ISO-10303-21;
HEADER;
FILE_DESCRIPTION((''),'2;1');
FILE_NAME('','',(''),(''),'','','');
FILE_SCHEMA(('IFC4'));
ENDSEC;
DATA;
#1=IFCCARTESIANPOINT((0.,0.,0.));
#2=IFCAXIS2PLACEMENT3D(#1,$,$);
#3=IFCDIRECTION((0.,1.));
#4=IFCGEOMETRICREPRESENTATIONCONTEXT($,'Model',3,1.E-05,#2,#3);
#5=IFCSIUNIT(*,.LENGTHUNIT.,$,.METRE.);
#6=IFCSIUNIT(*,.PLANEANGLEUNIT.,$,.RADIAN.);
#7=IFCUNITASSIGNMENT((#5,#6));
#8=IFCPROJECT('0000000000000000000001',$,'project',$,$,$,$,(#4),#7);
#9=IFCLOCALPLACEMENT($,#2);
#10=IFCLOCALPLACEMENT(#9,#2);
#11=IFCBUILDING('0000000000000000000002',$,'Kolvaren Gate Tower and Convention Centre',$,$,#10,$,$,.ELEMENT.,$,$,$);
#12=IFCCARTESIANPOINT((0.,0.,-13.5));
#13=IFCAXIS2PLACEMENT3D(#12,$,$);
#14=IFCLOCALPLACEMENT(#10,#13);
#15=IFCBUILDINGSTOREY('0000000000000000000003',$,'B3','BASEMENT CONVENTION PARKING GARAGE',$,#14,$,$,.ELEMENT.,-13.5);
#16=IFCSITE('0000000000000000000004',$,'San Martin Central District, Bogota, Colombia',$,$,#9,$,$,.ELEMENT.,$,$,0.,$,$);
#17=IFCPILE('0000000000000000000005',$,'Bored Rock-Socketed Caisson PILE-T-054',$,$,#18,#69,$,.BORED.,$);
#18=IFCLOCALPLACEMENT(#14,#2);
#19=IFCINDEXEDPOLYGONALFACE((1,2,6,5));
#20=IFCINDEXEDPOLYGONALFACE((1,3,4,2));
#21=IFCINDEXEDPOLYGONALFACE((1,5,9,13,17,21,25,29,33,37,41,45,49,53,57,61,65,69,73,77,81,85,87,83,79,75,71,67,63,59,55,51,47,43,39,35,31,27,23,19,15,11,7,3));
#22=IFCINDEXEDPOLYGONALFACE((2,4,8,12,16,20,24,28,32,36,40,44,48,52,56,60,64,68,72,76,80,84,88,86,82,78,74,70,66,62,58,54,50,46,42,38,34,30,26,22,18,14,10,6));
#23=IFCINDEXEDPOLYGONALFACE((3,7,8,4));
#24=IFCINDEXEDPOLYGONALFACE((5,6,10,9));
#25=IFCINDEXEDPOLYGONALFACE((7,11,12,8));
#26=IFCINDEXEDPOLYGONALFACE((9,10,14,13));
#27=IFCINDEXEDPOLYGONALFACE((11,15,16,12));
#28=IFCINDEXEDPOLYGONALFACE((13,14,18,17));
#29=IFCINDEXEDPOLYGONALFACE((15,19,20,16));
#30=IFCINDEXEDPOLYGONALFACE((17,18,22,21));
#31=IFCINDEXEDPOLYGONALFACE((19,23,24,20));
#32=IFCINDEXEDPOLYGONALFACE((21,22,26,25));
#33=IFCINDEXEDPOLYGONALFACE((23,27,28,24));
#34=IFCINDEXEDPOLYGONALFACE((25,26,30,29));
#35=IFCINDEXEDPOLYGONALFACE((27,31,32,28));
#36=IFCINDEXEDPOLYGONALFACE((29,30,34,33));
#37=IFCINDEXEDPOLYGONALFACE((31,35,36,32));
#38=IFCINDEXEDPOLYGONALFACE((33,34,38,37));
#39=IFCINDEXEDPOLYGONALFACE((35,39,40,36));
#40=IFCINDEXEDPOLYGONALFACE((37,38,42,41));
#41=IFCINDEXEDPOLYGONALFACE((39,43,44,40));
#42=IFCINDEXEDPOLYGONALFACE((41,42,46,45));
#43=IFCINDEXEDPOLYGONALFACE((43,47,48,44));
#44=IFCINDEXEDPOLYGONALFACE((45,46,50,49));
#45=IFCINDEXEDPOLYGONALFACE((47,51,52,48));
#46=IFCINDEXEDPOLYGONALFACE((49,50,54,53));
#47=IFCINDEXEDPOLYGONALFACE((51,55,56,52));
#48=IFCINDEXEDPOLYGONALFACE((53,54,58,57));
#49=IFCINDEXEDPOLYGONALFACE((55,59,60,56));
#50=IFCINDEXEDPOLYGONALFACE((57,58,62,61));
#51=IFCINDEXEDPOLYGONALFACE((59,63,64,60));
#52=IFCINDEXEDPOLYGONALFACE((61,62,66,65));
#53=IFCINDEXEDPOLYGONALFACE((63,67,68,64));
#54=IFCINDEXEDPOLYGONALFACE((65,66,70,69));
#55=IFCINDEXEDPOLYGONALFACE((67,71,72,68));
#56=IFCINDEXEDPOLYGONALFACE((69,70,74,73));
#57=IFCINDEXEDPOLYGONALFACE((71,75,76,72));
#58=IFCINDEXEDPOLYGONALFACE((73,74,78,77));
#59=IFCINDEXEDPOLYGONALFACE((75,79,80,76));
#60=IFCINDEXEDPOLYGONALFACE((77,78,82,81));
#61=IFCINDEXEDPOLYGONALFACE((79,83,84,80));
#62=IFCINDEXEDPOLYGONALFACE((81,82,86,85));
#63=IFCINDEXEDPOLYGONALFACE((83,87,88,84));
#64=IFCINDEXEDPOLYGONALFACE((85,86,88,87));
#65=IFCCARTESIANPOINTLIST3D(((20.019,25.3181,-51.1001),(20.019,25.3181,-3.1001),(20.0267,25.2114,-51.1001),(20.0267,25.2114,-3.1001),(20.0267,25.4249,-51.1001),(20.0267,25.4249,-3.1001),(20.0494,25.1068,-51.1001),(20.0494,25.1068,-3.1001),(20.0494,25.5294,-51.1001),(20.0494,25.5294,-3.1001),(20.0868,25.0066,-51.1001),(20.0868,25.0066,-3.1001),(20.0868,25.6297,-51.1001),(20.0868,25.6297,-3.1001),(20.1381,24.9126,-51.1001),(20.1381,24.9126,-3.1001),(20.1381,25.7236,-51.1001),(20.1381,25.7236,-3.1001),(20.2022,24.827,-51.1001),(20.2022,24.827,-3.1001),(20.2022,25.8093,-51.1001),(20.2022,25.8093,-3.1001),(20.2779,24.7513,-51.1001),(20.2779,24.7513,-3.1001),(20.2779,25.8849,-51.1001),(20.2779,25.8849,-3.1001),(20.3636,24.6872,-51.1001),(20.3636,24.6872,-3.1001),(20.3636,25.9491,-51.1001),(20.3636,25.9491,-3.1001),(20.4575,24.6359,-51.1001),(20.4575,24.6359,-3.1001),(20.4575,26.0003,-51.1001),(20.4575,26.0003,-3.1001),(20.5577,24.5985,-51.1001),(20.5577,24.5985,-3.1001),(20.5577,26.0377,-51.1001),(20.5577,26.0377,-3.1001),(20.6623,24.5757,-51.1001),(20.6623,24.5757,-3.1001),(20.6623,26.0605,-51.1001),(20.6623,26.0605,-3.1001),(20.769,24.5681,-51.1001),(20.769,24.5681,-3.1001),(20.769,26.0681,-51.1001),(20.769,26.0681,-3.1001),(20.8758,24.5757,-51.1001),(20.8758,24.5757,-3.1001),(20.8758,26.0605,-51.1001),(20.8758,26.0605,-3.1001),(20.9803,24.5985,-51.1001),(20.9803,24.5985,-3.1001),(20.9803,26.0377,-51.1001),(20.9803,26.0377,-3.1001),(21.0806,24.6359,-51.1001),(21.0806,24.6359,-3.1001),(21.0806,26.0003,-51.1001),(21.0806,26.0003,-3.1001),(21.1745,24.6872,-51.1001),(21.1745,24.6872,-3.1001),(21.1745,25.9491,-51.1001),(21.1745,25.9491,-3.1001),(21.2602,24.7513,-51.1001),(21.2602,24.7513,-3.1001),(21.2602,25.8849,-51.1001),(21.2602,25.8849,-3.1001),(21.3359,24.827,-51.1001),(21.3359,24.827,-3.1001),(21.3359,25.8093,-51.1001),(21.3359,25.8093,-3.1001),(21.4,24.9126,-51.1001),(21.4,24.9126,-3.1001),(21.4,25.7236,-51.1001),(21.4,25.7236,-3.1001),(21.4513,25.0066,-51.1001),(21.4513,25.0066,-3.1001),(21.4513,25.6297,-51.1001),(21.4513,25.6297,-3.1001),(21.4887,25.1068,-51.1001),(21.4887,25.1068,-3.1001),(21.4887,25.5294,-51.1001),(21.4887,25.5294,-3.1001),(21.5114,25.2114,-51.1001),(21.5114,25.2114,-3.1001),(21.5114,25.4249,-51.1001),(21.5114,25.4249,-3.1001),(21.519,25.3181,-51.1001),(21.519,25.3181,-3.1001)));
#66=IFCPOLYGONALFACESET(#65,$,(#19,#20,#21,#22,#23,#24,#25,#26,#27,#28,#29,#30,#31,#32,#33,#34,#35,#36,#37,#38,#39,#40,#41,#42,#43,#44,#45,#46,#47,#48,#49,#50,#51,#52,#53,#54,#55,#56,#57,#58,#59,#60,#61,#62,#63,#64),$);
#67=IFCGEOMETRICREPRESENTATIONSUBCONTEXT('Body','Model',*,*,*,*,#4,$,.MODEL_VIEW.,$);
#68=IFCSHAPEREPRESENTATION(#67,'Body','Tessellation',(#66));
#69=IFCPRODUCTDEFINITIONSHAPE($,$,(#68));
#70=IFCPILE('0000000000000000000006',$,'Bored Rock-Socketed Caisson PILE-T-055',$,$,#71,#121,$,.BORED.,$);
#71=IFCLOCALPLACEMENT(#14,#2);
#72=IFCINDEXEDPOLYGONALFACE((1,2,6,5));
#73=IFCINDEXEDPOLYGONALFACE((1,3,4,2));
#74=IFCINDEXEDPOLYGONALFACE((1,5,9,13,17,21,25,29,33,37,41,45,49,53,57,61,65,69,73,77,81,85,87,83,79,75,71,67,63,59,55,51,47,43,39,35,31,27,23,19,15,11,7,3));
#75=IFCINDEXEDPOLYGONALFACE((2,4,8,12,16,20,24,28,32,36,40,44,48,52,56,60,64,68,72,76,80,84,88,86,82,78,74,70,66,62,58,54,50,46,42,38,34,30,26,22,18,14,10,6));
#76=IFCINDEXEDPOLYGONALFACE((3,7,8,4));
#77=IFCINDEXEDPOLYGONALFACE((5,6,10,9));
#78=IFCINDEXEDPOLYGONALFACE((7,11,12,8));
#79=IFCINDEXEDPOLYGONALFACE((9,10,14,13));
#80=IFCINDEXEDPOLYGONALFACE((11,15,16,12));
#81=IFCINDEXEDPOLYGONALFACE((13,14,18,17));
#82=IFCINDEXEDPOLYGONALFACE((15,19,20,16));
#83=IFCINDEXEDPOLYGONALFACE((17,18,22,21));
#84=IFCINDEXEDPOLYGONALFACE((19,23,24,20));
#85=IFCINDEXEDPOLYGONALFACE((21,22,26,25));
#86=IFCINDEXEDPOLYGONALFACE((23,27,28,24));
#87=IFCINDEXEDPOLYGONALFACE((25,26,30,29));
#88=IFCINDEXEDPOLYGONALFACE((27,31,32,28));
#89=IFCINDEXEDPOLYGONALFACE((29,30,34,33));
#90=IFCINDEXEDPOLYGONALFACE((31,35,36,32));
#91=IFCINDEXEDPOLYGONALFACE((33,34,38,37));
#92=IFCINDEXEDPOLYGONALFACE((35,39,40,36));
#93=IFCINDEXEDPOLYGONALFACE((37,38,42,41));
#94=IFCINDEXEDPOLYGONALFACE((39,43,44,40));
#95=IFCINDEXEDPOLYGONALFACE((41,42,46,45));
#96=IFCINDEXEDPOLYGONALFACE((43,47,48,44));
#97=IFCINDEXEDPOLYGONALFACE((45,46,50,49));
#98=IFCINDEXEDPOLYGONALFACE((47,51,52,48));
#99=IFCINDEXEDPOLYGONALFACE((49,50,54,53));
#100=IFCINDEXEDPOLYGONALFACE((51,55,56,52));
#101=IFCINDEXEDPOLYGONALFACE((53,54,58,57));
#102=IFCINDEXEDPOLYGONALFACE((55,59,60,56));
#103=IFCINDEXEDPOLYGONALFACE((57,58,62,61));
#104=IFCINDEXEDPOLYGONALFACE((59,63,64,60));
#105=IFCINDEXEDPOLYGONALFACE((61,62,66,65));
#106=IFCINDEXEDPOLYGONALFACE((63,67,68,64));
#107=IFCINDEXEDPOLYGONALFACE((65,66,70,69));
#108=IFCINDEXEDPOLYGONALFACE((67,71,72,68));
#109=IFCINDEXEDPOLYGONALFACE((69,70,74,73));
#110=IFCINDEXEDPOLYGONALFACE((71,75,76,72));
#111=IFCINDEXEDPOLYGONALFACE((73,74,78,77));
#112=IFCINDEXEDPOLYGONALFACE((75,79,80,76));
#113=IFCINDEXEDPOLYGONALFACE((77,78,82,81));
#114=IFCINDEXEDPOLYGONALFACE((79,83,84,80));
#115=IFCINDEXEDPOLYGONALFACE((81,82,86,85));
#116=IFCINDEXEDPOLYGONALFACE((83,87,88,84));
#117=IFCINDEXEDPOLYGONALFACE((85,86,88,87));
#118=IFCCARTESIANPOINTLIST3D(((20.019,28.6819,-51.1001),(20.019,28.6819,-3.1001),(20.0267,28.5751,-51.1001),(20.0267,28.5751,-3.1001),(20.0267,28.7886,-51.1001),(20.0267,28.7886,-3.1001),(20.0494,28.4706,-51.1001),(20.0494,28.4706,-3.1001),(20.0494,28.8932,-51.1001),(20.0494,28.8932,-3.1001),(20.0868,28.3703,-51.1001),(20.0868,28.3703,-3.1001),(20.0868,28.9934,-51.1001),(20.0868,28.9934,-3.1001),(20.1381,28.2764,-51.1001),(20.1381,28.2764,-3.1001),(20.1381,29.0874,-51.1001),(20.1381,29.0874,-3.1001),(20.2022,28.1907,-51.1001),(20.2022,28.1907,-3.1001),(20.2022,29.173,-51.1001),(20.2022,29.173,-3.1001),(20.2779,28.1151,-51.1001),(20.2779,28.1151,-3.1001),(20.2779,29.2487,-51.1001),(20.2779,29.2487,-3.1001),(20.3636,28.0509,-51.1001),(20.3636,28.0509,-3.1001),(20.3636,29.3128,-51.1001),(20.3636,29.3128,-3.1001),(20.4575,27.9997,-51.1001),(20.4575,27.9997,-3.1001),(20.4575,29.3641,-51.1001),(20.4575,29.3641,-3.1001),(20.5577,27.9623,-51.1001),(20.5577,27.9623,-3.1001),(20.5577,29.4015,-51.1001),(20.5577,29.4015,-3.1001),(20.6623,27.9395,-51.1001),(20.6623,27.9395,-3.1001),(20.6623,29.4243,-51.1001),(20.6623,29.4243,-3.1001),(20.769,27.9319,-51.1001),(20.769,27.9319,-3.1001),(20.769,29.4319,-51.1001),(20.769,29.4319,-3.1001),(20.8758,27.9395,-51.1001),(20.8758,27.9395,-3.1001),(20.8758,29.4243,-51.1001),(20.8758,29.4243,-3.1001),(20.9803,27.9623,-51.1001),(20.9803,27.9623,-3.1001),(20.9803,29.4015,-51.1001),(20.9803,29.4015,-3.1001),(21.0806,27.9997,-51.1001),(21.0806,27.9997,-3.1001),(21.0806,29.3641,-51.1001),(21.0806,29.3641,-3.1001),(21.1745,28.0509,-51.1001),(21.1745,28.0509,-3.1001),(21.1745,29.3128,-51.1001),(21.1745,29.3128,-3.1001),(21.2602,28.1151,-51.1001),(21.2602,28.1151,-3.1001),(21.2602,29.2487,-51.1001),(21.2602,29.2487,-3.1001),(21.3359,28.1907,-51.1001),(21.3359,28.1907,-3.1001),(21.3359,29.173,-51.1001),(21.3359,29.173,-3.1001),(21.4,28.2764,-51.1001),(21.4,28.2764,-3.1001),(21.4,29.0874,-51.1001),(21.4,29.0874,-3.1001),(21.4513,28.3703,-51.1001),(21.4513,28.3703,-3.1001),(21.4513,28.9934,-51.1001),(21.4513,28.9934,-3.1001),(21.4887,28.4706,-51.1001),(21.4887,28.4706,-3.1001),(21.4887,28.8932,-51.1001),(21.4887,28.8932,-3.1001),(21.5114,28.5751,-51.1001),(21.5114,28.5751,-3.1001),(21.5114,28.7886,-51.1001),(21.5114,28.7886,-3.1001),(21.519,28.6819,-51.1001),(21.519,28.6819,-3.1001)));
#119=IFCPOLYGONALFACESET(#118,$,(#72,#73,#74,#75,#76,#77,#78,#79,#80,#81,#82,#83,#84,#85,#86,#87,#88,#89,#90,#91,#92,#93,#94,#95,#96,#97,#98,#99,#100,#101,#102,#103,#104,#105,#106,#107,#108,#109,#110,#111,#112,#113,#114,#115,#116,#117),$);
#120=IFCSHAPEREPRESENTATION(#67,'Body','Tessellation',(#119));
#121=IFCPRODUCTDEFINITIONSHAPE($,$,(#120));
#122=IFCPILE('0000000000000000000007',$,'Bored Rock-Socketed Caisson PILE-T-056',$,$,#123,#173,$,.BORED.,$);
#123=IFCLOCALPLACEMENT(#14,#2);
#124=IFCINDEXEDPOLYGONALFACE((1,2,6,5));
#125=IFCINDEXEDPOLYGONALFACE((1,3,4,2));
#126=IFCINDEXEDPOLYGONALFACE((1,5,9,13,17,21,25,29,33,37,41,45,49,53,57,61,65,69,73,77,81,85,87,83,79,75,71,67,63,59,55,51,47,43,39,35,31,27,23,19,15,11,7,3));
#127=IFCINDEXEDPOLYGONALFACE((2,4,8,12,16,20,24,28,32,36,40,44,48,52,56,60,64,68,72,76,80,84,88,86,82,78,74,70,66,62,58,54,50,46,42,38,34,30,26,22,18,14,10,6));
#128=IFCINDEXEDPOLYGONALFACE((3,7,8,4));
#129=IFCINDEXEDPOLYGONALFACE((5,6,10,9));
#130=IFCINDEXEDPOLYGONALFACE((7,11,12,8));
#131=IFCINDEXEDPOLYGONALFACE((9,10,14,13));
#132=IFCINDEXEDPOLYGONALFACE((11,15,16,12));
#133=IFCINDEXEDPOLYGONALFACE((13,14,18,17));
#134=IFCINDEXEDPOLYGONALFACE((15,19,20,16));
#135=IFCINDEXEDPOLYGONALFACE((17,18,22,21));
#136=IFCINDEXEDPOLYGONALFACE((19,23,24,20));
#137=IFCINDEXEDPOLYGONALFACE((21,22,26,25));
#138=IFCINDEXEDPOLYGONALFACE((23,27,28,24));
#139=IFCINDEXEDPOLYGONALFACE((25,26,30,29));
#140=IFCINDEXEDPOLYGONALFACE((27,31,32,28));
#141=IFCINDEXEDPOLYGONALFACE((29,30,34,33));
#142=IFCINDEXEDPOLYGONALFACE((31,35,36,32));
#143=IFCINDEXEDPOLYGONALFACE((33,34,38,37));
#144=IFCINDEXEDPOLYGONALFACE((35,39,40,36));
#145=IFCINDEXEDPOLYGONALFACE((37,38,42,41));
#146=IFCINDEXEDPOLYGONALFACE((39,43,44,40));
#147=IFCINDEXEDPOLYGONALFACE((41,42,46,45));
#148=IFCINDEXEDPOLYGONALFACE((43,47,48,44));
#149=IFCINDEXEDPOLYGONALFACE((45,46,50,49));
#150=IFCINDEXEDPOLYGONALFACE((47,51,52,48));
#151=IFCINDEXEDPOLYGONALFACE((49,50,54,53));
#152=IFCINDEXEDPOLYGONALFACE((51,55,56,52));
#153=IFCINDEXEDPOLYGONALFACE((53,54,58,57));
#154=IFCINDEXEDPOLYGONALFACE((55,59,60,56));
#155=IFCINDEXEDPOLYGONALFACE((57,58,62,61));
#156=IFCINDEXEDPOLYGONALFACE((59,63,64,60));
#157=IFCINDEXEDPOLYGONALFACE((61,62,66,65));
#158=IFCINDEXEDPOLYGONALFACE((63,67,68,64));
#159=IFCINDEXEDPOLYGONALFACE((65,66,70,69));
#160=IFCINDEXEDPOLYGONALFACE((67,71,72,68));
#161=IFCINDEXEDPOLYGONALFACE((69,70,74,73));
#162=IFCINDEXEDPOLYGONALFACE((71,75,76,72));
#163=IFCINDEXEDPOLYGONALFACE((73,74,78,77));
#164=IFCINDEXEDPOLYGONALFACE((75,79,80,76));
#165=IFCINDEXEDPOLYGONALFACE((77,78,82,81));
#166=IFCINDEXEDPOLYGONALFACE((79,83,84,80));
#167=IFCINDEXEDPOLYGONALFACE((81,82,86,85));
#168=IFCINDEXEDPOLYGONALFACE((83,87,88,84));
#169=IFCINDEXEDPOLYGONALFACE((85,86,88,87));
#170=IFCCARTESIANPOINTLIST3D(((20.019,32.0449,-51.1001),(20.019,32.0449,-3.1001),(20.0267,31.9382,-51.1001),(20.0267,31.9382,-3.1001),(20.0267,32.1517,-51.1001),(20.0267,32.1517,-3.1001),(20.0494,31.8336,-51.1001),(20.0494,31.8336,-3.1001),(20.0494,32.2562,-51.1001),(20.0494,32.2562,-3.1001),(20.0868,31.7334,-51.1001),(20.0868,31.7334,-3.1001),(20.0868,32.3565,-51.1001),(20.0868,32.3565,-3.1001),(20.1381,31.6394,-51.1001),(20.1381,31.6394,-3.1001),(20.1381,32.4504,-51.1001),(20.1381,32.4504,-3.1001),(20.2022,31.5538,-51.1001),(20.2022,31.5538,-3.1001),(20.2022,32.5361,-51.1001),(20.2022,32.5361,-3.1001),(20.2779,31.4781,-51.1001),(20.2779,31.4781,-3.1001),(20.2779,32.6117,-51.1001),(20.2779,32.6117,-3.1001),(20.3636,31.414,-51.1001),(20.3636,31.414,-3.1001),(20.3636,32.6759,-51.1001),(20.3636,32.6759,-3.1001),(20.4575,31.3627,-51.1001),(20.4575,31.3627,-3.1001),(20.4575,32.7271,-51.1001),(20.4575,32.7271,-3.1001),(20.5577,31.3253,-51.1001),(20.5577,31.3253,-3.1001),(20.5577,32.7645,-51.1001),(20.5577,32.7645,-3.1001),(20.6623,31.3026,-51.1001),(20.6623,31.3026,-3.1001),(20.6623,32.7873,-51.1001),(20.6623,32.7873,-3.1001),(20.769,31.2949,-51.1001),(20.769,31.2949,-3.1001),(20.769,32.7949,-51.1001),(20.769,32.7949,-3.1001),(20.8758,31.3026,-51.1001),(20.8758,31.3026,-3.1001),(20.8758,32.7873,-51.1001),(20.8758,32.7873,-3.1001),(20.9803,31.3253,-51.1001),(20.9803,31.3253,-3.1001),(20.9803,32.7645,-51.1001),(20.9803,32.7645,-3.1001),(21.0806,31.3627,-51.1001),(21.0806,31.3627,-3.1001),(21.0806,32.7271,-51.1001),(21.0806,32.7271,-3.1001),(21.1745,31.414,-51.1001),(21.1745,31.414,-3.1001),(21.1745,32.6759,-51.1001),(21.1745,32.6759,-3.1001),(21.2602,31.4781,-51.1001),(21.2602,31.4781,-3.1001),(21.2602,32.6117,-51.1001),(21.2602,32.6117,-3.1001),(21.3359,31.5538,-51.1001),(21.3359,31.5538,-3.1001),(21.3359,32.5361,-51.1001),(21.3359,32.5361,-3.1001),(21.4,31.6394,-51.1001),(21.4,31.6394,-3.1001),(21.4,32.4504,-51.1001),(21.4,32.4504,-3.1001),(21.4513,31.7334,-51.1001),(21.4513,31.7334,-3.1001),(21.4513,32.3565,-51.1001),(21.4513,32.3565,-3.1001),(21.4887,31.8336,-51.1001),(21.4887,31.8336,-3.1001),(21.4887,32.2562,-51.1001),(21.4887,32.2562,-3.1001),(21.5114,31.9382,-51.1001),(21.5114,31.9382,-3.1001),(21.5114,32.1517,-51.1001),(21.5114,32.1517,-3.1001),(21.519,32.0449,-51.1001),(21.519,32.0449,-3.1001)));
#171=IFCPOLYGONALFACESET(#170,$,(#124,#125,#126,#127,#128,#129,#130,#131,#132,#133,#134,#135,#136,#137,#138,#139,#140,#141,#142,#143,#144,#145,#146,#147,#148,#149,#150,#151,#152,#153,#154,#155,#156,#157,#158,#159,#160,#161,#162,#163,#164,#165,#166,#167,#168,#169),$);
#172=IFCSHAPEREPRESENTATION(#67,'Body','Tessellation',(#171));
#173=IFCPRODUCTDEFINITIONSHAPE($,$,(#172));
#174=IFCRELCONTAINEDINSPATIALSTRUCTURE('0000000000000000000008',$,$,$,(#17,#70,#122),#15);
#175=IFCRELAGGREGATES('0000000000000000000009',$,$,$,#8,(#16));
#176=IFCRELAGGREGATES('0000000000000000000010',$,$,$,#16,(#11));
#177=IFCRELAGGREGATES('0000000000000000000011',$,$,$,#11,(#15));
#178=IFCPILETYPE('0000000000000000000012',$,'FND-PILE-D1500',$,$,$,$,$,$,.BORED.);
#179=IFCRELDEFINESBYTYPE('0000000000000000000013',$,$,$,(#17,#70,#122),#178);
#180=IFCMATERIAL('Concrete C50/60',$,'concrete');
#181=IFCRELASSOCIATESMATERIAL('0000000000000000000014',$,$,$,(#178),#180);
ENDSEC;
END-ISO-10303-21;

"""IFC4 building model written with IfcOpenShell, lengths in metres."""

from ifc_helpers import new_model, si_unit, direction, frame, origin, origin_2d, place, context, subcontext, project, spatial, circle, extrude, material, material_profile, profile_set, type_object, element, save


model = new_model("IFC4")

# Units and contexts
model_context = context("Model", 3, precision=1e-05, world=origin(), true_north=direction((0.0, 1.0)))
body_context = subcontext(model_context, "Body", "Model", "MODEL_VIEW")
ifc_project = project(units=[si_unit("LENGTHUNIT", "METRE"), si_unit("PLANEANGLEUNIT", "RADIAN")], contexts=[model_context])

# Site, building, storey
site_placement = place(None, origin())
site = spatial("IfcSite", under=ifc_project, at=site_placement, Name="San Martin Central District, Bogota, Colombia", CompositionType="ELEMENT", RefElevation=0.0)
building_placement = place(site_placement, origin())
building = spatial("IfcBuilding", under=site, at=building_placement, Name="Kolvaren Gate Tower and Convention Centre", CompositionType="ELEMENT")
storey_placement = place(building_placement, frame((0.0, 0.0, -13.5)))
storey = spatial("IfcBuildingStorey", under=building, at=storey_placement, Name="B3", Description="BASEMENT CONVENTION PARKING GARAGE", CompositionType="ELEMENT", Elevation=-13.5)

# Piles
ifc_material_1 = material(Name="Concrete C50/60", Category="concrete")
ifc_material_profile = material_profile(ifc_material_1, circle(Radius=0.75, at=origin_2d()), Name="CAISSON-D1500")
ifc_profile_set = profile_set([ifc_material_profile], Name="Concrete C50/60")
pile_type = type_object("IfcPileType", Name="FND-PILE-D1500", PredefinedType="BORED", material=ifc_profile_set)
for number, where, z_axis, x_axis, name in (
    (1, (20.769, 25.3181, -3.1001), (0.0, 0.0, -1.0), (1.0, 0.0, 0.0), "Bored Rock-Socketed Caisson PILE-T-054"),
    (2, (20.769, 28.6819, -3.1001), (0.0, 0.0, -1.0), (1.0, 0.0, 0.0), "Bored Rock-Socketed Caisson PILE-T-055"),
    (3, (20.769, 32.0449, -3.1001), (0.0, 0.0, -1.0), (1.0, 0.0, 0.0), "Bored Rock-Socketed Caisson PILE-T-056"),
):
    element("IfcPile", number, at=place(storey_placement, frame(where, z_axis=z_axis, x_axis=x_axis)), inside=storey, type_object=pile_type, Name=name, PredefinedType="BORED", context=body_context, shape_type="SweptSolid", body=[
        extrude(circle(Radius=0.75, at=origin_2d()), origin(), (0.0, 0.0, 1.0), 48.0),
    ])

save(model, "model.ifc")
